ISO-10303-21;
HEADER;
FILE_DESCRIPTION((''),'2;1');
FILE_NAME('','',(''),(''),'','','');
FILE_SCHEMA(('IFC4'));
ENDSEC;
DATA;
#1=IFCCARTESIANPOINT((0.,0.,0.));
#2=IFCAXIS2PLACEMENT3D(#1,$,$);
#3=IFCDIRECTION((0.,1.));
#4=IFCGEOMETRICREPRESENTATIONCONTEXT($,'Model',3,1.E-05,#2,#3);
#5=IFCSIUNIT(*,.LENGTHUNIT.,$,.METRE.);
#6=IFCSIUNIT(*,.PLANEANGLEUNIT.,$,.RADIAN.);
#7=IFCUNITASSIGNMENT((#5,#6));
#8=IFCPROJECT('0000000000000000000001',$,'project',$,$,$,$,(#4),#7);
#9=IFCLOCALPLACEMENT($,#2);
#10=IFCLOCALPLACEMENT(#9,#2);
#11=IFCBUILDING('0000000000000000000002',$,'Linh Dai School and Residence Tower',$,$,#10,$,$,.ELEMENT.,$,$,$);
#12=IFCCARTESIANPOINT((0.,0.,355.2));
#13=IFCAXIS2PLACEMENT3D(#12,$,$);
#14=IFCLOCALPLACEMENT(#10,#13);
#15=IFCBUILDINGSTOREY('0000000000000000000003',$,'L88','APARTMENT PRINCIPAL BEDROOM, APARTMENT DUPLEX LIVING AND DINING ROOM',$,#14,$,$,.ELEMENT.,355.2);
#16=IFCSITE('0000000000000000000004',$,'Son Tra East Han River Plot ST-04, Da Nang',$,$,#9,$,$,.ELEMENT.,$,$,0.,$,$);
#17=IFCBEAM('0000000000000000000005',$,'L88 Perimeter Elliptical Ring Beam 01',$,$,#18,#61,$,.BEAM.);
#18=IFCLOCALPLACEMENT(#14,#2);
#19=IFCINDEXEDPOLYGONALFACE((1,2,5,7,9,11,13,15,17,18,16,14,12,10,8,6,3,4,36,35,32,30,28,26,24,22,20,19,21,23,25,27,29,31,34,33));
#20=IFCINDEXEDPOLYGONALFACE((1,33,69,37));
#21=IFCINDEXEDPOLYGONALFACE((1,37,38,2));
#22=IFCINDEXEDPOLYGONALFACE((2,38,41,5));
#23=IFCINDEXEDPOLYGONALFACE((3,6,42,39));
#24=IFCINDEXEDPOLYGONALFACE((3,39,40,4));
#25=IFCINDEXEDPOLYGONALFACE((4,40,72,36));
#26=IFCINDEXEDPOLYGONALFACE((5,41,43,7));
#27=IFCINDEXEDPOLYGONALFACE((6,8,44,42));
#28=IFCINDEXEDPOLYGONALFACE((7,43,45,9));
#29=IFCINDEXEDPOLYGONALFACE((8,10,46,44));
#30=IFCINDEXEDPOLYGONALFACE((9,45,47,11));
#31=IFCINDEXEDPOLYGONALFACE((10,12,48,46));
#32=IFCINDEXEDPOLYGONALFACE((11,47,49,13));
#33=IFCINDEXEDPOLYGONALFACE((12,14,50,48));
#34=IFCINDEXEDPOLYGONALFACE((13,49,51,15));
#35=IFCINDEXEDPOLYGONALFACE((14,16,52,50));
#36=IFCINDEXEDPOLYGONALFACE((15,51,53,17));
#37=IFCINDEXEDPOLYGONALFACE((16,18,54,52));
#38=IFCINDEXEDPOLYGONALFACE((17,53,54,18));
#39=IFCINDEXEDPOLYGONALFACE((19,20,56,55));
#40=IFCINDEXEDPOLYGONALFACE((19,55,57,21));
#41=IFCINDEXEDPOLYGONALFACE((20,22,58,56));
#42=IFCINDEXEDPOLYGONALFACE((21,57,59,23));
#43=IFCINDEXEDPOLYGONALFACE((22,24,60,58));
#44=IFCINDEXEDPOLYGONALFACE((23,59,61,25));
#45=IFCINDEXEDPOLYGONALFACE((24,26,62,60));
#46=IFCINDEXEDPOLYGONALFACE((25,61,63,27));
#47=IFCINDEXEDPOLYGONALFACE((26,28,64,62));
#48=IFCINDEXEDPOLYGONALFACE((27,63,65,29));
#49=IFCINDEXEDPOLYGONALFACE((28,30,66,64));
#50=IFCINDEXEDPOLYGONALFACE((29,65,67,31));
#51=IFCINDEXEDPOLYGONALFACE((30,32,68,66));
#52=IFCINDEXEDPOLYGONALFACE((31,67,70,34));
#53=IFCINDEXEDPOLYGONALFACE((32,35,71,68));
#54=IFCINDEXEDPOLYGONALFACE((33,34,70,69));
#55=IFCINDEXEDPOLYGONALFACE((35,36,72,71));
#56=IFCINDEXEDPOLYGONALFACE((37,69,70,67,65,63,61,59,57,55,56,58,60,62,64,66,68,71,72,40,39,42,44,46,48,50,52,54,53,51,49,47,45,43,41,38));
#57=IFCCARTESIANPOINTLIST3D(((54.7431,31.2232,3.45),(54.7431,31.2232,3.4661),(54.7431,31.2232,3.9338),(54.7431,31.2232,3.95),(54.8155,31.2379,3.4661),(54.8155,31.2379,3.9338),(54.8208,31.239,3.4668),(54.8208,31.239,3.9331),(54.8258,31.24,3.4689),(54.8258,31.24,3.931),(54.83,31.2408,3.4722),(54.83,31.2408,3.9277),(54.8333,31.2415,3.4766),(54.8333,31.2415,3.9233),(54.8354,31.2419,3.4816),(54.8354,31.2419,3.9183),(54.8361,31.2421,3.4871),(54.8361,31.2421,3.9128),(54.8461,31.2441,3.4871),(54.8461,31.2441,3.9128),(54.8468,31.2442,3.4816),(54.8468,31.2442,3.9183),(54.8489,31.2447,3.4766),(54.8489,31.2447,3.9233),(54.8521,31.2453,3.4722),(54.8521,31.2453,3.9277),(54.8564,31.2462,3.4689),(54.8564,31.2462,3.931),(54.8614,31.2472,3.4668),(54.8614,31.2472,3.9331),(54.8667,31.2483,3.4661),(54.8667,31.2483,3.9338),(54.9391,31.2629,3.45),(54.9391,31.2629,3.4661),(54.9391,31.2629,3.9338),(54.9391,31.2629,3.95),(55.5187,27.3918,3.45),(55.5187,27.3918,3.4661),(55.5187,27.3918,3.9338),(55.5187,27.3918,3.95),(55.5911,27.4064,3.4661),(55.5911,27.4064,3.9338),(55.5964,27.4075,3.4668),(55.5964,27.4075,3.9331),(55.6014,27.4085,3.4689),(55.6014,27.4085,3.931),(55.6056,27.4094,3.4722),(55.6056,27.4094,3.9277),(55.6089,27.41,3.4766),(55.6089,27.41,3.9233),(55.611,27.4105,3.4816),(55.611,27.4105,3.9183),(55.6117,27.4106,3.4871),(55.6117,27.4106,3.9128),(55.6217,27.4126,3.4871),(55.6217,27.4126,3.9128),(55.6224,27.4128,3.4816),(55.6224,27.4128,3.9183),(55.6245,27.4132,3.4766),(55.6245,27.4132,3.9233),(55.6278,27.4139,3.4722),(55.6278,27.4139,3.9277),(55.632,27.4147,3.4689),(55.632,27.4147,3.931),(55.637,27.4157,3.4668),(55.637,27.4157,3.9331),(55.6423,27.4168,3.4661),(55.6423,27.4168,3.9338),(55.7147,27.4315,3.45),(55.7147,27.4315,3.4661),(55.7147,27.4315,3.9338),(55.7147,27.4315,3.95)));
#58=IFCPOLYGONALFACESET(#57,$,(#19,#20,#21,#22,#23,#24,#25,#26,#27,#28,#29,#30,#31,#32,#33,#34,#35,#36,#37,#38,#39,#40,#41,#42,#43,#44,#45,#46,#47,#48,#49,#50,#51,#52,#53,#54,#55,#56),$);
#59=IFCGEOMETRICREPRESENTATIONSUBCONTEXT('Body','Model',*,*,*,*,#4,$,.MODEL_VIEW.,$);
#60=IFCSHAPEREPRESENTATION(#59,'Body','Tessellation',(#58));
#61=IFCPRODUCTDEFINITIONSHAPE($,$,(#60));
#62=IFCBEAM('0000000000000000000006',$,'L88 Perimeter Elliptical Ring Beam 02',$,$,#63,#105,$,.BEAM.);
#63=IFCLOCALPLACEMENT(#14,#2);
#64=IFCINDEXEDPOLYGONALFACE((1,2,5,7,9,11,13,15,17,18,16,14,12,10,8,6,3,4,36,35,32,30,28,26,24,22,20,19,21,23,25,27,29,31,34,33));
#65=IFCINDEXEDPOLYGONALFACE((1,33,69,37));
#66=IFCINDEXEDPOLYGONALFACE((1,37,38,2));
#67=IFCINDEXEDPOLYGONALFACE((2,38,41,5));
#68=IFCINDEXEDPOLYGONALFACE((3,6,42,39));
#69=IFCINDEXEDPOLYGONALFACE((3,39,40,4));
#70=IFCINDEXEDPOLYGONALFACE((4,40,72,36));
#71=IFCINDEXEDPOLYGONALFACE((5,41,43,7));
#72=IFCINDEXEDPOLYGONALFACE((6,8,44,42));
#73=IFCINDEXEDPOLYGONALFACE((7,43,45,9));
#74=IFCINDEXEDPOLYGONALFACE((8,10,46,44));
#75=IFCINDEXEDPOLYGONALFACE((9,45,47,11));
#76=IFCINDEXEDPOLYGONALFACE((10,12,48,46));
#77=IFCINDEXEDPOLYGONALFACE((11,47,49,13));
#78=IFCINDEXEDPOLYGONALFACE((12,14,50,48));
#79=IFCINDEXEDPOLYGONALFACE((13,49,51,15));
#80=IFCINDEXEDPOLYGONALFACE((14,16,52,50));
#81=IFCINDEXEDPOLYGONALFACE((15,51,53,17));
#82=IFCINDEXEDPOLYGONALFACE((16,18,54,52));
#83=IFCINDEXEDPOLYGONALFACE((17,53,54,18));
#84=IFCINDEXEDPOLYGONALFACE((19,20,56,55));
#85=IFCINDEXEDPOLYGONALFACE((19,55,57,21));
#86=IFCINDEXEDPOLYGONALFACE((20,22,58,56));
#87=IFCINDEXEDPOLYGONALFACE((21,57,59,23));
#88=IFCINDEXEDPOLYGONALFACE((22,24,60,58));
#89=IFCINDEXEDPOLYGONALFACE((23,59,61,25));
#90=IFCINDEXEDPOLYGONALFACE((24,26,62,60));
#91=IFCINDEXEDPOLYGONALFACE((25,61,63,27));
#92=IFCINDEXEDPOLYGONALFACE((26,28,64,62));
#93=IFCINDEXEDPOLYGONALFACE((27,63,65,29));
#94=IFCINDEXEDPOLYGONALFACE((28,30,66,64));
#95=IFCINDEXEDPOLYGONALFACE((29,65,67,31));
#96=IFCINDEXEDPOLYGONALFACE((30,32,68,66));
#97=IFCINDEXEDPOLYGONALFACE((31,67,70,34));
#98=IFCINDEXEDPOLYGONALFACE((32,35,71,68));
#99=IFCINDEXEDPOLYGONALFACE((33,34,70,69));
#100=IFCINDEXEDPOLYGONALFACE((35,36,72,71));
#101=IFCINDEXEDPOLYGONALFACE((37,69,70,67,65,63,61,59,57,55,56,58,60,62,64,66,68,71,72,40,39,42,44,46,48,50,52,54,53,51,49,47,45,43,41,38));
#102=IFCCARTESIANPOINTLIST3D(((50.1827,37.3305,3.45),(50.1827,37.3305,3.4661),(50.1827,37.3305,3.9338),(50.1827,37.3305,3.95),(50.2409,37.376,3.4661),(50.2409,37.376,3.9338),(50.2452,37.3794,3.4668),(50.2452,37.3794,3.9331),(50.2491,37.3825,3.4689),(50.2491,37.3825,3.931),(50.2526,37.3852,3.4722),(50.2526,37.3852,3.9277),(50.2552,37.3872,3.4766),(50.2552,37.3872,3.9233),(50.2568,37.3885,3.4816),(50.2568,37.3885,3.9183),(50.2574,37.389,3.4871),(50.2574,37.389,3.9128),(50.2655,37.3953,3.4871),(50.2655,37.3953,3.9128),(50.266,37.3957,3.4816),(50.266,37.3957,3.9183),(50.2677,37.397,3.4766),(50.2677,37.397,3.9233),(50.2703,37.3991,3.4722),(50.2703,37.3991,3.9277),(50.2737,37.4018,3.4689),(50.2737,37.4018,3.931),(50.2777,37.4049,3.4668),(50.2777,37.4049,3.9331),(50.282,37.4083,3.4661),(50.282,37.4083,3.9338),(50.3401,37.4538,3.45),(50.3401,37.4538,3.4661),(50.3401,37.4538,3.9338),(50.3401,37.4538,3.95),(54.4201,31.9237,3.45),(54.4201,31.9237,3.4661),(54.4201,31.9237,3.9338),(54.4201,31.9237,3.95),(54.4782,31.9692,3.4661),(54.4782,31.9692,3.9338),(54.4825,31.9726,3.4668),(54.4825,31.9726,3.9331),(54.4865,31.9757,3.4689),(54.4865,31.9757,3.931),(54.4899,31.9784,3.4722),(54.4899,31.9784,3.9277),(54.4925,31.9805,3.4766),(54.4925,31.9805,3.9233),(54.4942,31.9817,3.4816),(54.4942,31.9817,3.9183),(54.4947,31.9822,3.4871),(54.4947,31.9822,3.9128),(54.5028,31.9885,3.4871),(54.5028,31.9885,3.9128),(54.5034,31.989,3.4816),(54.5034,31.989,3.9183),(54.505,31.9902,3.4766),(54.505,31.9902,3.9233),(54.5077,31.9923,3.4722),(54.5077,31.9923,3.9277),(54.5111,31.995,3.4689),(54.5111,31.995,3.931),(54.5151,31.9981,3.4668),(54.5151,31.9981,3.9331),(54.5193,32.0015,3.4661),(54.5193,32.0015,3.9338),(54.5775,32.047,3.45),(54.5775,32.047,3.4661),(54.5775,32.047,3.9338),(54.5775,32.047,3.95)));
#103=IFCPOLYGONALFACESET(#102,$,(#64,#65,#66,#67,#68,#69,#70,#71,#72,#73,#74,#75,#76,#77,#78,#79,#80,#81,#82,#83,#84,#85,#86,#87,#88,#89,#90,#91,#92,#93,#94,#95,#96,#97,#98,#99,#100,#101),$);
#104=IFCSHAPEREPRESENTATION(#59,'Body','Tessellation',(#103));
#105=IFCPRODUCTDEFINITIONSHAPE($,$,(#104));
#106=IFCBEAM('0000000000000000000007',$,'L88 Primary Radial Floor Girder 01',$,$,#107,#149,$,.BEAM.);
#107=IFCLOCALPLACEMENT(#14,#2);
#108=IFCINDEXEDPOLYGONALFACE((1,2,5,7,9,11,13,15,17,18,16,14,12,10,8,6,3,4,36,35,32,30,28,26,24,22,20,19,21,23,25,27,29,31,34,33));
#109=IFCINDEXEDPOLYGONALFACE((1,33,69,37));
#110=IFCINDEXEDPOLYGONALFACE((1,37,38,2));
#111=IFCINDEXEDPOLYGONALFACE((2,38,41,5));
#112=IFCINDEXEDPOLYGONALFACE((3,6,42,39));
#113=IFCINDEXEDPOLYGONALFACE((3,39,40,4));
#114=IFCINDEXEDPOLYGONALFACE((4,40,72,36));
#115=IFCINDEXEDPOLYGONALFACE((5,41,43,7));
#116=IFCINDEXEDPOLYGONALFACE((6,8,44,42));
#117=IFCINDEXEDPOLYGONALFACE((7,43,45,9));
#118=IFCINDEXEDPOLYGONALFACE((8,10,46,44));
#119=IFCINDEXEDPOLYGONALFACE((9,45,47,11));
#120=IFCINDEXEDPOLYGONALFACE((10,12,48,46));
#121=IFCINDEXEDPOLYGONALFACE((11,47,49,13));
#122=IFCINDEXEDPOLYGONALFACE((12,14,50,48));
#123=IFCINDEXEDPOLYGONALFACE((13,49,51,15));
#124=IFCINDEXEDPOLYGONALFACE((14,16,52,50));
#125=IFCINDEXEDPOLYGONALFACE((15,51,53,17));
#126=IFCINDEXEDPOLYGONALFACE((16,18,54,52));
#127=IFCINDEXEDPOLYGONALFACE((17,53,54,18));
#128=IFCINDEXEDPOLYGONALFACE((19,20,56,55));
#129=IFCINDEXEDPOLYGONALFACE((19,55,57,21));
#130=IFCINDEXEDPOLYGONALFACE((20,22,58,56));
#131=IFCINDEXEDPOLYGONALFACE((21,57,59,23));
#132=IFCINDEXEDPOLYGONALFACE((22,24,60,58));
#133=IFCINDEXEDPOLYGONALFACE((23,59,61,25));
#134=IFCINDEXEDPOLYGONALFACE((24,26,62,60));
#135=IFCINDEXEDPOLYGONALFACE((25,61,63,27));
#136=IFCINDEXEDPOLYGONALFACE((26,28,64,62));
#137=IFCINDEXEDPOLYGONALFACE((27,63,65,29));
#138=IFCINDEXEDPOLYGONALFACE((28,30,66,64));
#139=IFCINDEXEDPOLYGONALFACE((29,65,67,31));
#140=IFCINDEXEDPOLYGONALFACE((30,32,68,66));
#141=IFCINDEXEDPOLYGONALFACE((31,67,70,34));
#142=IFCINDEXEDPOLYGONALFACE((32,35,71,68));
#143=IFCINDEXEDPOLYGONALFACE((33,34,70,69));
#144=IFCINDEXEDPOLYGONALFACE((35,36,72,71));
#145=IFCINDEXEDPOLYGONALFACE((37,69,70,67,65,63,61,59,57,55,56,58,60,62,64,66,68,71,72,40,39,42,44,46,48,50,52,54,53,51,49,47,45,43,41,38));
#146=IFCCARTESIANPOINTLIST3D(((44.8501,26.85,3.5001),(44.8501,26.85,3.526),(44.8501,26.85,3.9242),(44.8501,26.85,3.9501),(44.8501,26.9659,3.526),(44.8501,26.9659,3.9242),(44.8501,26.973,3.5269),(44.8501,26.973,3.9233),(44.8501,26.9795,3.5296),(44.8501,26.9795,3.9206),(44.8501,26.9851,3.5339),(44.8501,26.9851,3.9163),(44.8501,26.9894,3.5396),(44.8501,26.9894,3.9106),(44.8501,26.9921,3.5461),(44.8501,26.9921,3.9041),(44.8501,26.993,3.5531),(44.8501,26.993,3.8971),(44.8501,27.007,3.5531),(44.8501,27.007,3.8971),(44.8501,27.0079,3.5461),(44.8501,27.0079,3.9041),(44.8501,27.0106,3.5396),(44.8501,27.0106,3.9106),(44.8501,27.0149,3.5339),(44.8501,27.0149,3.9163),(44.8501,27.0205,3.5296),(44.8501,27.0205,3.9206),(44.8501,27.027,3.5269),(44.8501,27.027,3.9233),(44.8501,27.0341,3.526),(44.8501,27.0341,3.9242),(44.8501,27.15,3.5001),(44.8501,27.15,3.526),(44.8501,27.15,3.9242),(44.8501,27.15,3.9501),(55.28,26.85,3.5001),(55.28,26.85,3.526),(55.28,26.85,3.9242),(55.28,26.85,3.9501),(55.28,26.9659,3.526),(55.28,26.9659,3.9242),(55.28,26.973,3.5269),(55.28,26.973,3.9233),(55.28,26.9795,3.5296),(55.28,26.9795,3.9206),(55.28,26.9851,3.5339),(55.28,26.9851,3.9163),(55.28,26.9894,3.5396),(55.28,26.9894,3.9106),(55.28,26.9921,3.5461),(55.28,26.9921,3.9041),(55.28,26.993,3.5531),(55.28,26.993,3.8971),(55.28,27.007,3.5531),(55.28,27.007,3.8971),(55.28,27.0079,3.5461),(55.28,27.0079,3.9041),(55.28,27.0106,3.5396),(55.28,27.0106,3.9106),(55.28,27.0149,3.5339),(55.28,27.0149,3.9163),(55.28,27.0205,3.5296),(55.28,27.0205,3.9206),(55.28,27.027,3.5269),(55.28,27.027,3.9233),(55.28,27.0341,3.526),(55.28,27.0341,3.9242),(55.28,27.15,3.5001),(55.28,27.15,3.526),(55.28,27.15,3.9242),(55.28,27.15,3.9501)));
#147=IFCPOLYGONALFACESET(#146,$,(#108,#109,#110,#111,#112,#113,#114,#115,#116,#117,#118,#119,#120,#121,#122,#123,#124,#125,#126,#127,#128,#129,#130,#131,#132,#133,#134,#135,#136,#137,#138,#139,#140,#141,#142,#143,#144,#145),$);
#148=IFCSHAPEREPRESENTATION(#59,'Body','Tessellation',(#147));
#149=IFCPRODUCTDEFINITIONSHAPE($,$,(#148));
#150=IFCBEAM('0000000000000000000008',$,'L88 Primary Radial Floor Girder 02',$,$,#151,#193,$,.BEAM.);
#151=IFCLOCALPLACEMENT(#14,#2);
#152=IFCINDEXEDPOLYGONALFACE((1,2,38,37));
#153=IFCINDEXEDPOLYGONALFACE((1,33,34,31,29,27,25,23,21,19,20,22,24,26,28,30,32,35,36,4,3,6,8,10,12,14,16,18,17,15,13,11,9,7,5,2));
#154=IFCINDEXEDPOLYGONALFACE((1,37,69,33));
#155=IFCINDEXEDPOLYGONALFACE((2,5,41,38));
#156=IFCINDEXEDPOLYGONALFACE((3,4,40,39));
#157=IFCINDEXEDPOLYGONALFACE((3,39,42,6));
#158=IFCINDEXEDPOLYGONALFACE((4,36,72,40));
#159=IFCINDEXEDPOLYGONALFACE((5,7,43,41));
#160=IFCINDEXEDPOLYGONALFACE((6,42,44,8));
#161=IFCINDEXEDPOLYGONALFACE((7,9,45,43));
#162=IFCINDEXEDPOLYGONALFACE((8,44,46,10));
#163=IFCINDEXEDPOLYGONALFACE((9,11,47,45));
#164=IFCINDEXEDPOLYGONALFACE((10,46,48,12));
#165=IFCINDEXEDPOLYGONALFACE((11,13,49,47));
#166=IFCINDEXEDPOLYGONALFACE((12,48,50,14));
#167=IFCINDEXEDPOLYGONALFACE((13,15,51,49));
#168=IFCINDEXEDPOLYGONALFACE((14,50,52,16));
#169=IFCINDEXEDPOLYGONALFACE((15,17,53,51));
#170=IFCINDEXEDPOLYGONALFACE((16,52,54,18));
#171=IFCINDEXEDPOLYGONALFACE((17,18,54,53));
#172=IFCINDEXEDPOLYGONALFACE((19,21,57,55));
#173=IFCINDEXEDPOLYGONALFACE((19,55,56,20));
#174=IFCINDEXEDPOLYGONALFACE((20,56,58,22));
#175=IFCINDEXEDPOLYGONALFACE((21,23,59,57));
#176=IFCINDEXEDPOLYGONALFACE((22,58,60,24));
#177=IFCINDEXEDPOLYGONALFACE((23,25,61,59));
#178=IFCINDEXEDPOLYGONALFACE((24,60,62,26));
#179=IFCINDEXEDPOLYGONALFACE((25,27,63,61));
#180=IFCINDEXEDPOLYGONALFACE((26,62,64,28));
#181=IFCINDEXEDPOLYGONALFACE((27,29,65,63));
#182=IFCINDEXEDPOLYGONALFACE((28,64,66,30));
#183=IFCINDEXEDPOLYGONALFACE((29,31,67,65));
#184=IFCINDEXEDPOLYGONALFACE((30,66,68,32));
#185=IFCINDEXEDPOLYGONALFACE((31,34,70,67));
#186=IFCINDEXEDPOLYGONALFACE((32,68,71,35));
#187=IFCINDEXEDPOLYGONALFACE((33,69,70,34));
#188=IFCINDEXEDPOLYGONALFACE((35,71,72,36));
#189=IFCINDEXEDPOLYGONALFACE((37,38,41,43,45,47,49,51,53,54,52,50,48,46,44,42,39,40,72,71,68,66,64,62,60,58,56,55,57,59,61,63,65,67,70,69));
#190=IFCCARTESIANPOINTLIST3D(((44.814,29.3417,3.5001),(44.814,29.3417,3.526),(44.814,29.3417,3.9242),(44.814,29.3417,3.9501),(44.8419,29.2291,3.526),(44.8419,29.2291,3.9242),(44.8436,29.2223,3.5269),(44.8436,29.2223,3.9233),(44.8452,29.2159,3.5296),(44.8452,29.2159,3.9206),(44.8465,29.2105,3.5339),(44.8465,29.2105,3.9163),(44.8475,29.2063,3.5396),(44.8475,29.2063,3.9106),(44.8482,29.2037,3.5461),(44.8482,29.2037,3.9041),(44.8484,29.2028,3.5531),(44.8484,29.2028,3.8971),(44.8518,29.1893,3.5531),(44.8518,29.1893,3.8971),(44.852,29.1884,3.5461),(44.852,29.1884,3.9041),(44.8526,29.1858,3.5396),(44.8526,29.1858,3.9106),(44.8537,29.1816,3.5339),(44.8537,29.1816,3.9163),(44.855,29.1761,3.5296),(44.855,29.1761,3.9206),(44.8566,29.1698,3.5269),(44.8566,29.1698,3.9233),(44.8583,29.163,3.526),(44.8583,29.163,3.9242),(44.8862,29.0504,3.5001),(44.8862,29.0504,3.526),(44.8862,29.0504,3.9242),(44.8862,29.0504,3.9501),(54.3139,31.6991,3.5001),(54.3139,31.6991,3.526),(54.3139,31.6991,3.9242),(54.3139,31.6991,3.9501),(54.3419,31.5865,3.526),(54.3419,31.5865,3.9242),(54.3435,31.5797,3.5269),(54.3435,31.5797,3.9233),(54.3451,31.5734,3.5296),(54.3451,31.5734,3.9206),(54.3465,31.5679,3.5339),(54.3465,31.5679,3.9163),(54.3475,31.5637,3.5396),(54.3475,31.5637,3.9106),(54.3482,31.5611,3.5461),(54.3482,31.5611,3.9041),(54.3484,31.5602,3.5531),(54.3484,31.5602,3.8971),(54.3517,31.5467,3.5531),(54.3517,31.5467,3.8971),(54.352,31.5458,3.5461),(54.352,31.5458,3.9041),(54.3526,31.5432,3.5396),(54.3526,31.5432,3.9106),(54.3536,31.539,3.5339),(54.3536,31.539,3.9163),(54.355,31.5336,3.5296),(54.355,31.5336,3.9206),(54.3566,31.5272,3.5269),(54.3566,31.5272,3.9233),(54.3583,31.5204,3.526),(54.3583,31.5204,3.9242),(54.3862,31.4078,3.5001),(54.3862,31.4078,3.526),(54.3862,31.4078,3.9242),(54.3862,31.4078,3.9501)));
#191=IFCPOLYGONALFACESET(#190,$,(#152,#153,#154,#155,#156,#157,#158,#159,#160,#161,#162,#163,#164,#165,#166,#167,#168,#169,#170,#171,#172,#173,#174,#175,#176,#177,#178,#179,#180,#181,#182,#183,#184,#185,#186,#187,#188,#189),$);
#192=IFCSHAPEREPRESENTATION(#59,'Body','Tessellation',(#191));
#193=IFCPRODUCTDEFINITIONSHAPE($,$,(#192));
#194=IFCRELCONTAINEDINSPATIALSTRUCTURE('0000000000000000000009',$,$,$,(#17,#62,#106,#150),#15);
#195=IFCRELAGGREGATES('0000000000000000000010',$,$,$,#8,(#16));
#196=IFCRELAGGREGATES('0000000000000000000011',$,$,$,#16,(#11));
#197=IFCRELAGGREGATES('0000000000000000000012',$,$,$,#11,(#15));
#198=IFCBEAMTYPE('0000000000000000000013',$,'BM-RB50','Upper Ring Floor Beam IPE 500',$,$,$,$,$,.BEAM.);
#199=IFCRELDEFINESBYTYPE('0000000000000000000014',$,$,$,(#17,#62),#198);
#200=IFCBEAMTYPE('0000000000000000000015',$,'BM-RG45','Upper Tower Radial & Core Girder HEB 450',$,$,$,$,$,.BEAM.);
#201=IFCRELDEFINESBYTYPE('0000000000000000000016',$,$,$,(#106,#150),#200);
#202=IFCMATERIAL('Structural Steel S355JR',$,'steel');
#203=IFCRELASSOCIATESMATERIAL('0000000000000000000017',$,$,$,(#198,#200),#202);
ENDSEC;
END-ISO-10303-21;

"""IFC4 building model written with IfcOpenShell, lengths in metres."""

from ifc_helpers import new_model, si_unit, direction, frame, origin, origin_2d, place, context, subcontext, project, spatial, i_section, extrude, material, material_profile, profile_set, type_object, element, save


model = new_model("IFC4")

# Units and contexts
model_context = context("Model", 3, precision=1e-05, world=origin(), true_north=direction((0.0, 1.0)))
body_context = subcontext(model_context, "Body", "Model", "MODEL_VIEW")
ifc_project = project(units=[si_unit("LENGTHUNIT", "METRE"), si_unit("PLANEANGLEUNIT", "RADIAN")], contexts=[model_context])

# Site, building, storey
site_placement = place(None, origin())
site = spatial("IfcSite", under=ifc_project, at=site_placement, Name="Son Tra East Han River Plot ST-04, Da Nang", CompositionType="ELEMENT", RefElevation=0.0)
building_placement = place(site_placement, origin())
building = spatial("IfcBuilding", under=site, at=building_placement, Name="Linh Dai School and Residence Tower", CompositionType="ELEMENT")
storey_placement = place(building_placement, frame((0.0, 0.0, 355.2)))
storey = spatial("IfcBuildingStorey", under=building, at=storey_placement, Name="L88", Description="APARTMENT PRINCIPAL BEDROOM, APARTMENT DUPLEX LIVING AND DINING ROOM", CompositionType="ELEMENT", Elevation=355.2)

# Shared definitions
ifc_material_1 = material(Name="Structural Steel S355JR", Category="steel")

# Beams
ifc_material_profile_1 = material_profile(ifc_material_1, i_section(OverallWidth=0.2, OverallDepth=0.5, WebThickness=0.0103, FlangeThickness=0.0161, FilletRadius=0.021, at=origin_2d()), Name="IPE 500")
ifc_profile_set_1 = profile_set([ifc_material_profile_1], Name="Structural Steel S355JR")
beam_type_1 = type_object("IfcBeamType", Name="BM-RB50", Description="Upper Ring Floor Beam IPE 500", PredefinedType="BEAM", material=ifc_profile_set_1)
beam_1_placement = place(storey_placement, frame((55.6167, 27.4116, 3.7), z_axis=(-0.19841, 0.980119, 0.0), x_axis=(-0.980119, -0.19841, 0.0)))
element("IfcBeam", 1, at=beam_1_placement, inside=storey, type_object=beam_type_1, Name="L88 Perimeter Elliptical Ring Beam 01", PredefinedType="BEAM", context=body_context, shape_type="SweptSolid", body=[
    extrude(i_section(OverallWidth=0.2, OverallDepth=0.5, WebThickness=0.0103, FlangeThickness=0.0161, FilletRadius=0.021, at=origin_2d()), origin(), (0.0, 0.0, 1.0), 3.9092),
])
beam_2_placement = place(storey_placement, frame((54.4988, 31.9854, 3.7), z_axis=(-0.616845, 0.787085, 0.0), x_axis=(-0.787085, -0.616845, 0.0)))
element("IfcBeam", 2, at=beam_2_placement, inside=storey, type_object=beam_type_1, Name="L88 Perimeter Elliptical Ring Beam 02", PredefinedType="BEAM", context=body_context, shape_type="SweptSolid", body=[
    extrude(i_section(OverallWidth=0.2, OverallDepth=0.5, WebThickness=0.0103, FlangeThickness=0.0161, FilletRadius=0.021, at=origin_2d()), origin(), (0.0, 0.0, 1.0), 6.8694),
])
ifc_material_profile_2 = material_profile(ifc_material_1, i_section(OverallWidth=0.3, OverallDepth=0.45, WebThickness=0.0139, FlangeThickness=0.0259, FilletRadius=0.0271, at=origin_2d()), Name="HEB 450")
ifc_profile_set_2 = profile_set([ifc_material_profile_2], Name="Structural Steel S355JR")
beam_type_2 = type_object("IfcBeamType", Name="BM-RG45", Description="Upper Tower Radial & Core Girder HEB 450", PredefinedType="BEAM", material=ifc_profile_set_2)
beam_3_placement = place(storey_placement, frame((44.8501, 27.0, 3.7251), z_axis=(1.0, 0.0, 0.0), x_axis=(0.0, 1.0, 0.0)))
element("IfcBeam", 3, at=beam_3_placement, inside=storey, type_object=beam_type_2, Name="L88 Primary Radial Floor Girder 01", PredefinedType="BEAM", context=body_context, shape_type="SweptSolid", body=[
    extrude(i_section(OverallWidth=0.3, OverallDepth=0.45, WebThickness=0.0139, FlangeThickness=0.0259, FilletRadius=0.0271, at=origin_2d()), origin(), (0.0, 0.0, 1.0), 10.4299),
])
beam_4_placement = place(storey_placement, frame((44.8501, 29.196, 3.7251), z_axis=(0.970564, 0.240845, 0.0), x_axis=(-0.240845, 0.970564, 0.0)))
element("IfcBeam", 4, at=beam_4_placement, inside=storey, type_object=beam_type_2, Name="L88 Primary Radial Floor Girder 02", PredefinedType="BEAM", context=body_context, shape_type="SweptSolid", body=[
    extrude(i_section(OverallWidth=0.3, OverallDepth=0.45, WebThickness=0.0139, FlangeThickness=0.0259, FilletRadius=0.0271, at=origin_2d()), origin(), (0.0, 0.0, 1.0), 9.7881),
])

save(model, "model.ifc")
